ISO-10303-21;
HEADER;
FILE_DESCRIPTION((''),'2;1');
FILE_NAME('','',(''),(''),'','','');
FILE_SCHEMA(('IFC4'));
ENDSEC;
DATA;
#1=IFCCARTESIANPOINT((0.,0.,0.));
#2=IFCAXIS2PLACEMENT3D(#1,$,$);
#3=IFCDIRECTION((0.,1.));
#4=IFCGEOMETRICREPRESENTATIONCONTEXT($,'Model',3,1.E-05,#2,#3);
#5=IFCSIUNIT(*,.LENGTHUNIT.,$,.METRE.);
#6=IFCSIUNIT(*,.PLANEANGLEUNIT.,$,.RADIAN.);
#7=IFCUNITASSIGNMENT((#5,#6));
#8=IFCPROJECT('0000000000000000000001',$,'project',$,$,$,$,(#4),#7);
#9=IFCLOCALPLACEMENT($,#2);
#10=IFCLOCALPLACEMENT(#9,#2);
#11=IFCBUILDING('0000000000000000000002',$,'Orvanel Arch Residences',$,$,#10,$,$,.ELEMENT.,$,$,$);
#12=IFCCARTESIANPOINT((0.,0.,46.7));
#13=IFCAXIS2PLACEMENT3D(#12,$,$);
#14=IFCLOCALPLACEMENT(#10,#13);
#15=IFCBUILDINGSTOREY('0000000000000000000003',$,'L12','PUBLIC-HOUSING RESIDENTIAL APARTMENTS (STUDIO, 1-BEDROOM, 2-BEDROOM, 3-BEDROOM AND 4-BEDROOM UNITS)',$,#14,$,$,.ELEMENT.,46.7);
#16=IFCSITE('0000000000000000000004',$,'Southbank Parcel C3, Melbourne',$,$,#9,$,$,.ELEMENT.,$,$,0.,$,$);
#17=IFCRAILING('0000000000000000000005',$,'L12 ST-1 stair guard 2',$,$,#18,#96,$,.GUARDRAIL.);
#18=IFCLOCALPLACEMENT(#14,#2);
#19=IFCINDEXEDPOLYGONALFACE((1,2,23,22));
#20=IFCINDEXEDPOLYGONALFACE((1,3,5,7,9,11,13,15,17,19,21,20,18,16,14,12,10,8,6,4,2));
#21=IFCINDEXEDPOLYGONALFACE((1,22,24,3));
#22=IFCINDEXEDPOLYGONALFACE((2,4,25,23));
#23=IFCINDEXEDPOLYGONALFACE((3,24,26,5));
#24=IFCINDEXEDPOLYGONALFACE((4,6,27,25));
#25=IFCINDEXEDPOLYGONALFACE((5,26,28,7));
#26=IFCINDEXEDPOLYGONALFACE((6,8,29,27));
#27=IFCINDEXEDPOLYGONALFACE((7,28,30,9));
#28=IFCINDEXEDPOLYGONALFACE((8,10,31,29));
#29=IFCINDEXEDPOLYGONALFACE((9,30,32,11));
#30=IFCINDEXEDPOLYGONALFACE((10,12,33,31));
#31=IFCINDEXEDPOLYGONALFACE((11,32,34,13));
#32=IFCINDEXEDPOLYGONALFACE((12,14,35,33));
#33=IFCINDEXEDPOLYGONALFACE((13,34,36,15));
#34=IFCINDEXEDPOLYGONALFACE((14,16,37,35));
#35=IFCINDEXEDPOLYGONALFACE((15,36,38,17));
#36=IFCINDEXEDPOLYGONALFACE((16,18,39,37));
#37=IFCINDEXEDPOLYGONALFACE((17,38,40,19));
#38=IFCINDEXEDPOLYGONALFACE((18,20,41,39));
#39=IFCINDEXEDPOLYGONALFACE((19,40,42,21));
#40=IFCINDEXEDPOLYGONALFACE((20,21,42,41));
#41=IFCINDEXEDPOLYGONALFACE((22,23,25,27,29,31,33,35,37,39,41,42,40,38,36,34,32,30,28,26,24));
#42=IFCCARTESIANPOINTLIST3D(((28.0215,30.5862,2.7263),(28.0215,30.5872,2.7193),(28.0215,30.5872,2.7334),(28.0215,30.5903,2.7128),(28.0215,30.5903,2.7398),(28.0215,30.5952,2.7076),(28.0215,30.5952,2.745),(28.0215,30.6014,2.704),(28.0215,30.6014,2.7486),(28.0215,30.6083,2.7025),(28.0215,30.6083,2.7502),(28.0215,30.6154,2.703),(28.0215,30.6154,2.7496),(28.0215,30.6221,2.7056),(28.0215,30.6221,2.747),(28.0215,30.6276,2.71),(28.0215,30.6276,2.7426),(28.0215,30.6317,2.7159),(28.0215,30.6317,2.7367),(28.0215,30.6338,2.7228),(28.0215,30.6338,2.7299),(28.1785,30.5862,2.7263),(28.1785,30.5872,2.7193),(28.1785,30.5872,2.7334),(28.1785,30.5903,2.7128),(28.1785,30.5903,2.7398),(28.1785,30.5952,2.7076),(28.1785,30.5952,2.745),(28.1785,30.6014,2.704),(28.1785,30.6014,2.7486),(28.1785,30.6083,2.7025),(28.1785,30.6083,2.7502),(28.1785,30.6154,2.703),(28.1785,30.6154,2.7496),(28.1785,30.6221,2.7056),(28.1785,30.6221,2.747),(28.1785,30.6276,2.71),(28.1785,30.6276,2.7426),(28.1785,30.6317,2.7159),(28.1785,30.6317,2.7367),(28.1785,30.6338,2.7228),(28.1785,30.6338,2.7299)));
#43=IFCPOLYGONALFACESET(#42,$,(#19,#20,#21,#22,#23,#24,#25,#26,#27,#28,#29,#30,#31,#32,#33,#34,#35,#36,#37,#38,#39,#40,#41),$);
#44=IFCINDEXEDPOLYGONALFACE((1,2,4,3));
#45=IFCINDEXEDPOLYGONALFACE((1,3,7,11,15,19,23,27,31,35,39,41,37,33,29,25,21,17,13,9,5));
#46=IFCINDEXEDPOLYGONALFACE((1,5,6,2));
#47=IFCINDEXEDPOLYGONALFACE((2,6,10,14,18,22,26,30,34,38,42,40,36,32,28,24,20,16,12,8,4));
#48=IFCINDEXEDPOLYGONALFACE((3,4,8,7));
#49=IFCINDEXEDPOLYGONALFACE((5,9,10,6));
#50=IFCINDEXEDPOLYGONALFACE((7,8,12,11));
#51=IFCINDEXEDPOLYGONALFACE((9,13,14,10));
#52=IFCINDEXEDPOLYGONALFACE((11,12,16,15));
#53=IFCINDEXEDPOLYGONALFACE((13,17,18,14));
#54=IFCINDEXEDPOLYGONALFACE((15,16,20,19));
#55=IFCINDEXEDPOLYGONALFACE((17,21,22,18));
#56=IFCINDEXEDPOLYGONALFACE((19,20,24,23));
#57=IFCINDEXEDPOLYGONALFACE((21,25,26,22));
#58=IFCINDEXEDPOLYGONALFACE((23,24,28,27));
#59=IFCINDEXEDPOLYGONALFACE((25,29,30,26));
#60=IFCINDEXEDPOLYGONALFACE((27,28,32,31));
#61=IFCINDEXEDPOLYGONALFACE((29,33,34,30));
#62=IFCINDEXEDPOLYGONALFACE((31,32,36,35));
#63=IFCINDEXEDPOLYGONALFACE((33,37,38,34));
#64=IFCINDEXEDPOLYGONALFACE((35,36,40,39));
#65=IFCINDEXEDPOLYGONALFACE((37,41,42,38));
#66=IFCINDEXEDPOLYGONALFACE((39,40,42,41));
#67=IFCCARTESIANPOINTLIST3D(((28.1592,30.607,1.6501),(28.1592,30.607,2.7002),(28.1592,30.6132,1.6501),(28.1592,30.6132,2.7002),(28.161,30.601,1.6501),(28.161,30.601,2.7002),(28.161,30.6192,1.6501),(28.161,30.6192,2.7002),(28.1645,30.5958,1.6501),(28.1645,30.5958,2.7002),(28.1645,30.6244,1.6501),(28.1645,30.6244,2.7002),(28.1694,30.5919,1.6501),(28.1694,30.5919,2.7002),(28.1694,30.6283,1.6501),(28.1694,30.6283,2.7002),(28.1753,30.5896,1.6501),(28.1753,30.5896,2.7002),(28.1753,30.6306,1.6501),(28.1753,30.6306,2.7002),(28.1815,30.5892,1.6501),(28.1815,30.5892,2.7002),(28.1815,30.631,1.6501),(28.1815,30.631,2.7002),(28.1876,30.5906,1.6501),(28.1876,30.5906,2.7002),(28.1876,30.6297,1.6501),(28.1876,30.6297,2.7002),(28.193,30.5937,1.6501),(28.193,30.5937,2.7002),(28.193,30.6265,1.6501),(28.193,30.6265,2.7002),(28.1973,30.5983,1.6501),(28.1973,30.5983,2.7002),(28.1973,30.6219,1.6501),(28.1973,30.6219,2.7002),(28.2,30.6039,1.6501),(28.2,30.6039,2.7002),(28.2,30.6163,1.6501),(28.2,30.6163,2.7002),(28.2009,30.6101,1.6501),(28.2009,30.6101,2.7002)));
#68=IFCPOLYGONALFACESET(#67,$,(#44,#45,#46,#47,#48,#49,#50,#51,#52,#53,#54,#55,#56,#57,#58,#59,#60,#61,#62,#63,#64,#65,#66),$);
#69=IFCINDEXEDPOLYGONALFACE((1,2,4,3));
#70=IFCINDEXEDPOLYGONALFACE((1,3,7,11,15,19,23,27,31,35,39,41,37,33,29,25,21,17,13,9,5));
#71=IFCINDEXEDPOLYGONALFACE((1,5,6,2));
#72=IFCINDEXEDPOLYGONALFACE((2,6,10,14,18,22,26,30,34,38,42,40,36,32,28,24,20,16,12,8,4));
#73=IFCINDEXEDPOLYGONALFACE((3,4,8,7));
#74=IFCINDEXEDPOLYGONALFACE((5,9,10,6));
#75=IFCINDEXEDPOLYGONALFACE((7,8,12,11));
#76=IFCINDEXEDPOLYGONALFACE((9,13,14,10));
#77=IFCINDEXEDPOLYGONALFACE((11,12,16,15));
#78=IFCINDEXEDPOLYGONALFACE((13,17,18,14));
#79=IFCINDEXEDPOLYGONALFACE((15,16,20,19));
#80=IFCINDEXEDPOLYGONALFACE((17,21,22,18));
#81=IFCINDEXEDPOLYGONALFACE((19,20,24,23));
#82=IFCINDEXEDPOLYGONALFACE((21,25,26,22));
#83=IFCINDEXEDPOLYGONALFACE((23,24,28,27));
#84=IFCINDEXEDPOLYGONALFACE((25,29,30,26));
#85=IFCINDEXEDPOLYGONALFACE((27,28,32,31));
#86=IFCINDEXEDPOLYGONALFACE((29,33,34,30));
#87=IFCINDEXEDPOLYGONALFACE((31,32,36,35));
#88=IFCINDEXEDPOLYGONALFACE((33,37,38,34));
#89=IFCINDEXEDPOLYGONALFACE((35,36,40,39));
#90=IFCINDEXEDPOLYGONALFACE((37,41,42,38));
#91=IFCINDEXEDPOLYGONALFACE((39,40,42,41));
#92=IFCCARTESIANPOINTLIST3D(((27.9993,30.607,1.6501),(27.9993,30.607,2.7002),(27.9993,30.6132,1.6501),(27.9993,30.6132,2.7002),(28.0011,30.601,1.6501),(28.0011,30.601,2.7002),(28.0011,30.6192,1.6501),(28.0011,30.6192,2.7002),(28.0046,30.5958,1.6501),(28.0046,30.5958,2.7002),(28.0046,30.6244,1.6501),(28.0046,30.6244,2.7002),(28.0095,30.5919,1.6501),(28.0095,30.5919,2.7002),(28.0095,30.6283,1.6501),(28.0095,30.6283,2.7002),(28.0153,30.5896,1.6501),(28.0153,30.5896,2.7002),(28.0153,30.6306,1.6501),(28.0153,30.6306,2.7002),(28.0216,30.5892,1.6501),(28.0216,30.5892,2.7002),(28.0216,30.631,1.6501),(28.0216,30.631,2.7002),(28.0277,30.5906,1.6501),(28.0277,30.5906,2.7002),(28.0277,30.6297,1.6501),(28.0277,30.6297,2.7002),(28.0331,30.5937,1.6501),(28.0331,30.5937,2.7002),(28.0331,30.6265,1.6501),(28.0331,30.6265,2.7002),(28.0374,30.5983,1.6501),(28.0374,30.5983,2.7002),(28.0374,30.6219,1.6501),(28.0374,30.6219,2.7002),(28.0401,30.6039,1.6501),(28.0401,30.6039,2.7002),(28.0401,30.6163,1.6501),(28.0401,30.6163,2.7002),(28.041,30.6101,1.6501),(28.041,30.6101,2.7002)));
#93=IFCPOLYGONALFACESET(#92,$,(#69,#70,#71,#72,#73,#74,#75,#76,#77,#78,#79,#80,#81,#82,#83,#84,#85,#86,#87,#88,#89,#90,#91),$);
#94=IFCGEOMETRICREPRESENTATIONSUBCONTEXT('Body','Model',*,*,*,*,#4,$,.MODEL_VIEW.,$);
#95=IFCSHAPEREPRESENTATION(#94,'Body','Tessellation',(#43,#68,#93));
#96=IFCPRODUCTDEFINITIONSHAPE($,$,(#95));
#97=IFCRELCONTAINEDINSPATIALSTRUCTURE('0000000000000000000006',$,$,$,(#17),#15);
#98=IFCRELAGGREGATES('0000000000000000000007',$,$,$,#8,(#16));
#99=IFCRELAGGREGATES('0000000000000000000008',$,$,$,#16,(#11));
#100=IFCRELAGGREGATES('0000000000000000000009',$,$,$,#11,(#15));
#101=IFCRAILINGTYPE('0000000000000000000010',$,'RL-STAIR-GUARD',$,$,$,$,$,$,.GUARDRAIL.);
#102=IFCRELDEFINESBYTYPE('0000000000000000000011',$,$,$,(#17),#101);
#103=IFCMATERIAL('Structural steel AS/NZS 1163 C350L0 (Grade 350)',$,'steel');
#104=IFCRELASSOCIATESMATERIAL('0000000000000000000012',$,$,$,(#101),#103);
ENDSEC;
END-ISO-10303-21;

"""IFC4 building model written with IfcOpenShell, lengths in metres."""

from ifc_helpers import new_model, si_unit, direction, frame, origin, origin_2d, place, context, subcontext, project, spatial, circle, extrude, material, type_object, element, save


model = new_model("IFC4")

# Units and contexts
model_context = context("Model", 3, precision=1e-05, world=origin(), true_north=direction((0.0, 1.0)))
body_context = subcontext(model_context, "Body", "Model", "MODEL_VIEW")
ifc_project = project(units=[si_unit("LENGTHUNIT", "METRE"), si_unit("PLANEANGLEUNIT", "RADIAN")], contexts=[model_context])

# Site, building, storey
site_placement = place(None, origin())
site = spatial("IfcSite", under=ifc_project, at=site_placement, Name="Southbank Parcel C3, Melbourne", CompositionType="ELEMENT", RefElevation=0.0)
building_placement = place(site_placement, origin())
building = spatial("IfcBuilding", under=site, at=building_placement, Name="Orvanel Arch Residences", CompositionType="ELEMENT")
storey_placement = place(building_placement, frame((0.0, 0.0, 46.7)))
storey = spatial("IfcBuildingStorey", under=building, at=storey_placement, Name="L12", Description="PUBLIC-HOUSING RESIDENTIAL APARTMENTS (STUDIO, 1-BEDROOM, 2-BEDROOM, 3-BEDROOM AND 4-BEDROOM UNITS)", CompositionType="ELEMENT", Elevation=46.7)

# Railing
ifc_material_1 = material(Name="Structural steel AS/NZS 1163 C350L0 (Grade 350)", Category="steel")
railing_type_1 = type_object("IfcRailingType", Name="RL-STAIR-GUARD", PredefinedType="GUARDRAIL", material=ifc_material_1)
railing_1_placement = place(storey_placement, frame((28.1799, 30.6101, 1.6501)))
element("IfcRailing", 1, at=railing_1_placement, inside=storey, type_object=railing_type_1, Name="L12 ST-1 stair guard 2", PredefinedType="GUARDRAIL", context=body_context, shape_type="SweptSolid", body=[
    extrude(circle(Radius=0.0239, at=origin_2d()), frame((-0.0015, 0.0, 1.0762), z_axis=(-1.0, 0.0, 0.0), x_axis=(0.0, -1.0, 0.0)), (0.0, 0.0, 1.0), 0.157),
    extrude(circle(Radius=0.021, at=origin_2d()), origin(), (0.0, 0.0, 1.0), 1.05),
    extrude(circle(Radius=0.021, at=origin_2d()), frame((-0.1599, 0.0, 0.0)), (0.0, 0.0, 1.0), 1.05),
])

save(model, "model.ifc")
